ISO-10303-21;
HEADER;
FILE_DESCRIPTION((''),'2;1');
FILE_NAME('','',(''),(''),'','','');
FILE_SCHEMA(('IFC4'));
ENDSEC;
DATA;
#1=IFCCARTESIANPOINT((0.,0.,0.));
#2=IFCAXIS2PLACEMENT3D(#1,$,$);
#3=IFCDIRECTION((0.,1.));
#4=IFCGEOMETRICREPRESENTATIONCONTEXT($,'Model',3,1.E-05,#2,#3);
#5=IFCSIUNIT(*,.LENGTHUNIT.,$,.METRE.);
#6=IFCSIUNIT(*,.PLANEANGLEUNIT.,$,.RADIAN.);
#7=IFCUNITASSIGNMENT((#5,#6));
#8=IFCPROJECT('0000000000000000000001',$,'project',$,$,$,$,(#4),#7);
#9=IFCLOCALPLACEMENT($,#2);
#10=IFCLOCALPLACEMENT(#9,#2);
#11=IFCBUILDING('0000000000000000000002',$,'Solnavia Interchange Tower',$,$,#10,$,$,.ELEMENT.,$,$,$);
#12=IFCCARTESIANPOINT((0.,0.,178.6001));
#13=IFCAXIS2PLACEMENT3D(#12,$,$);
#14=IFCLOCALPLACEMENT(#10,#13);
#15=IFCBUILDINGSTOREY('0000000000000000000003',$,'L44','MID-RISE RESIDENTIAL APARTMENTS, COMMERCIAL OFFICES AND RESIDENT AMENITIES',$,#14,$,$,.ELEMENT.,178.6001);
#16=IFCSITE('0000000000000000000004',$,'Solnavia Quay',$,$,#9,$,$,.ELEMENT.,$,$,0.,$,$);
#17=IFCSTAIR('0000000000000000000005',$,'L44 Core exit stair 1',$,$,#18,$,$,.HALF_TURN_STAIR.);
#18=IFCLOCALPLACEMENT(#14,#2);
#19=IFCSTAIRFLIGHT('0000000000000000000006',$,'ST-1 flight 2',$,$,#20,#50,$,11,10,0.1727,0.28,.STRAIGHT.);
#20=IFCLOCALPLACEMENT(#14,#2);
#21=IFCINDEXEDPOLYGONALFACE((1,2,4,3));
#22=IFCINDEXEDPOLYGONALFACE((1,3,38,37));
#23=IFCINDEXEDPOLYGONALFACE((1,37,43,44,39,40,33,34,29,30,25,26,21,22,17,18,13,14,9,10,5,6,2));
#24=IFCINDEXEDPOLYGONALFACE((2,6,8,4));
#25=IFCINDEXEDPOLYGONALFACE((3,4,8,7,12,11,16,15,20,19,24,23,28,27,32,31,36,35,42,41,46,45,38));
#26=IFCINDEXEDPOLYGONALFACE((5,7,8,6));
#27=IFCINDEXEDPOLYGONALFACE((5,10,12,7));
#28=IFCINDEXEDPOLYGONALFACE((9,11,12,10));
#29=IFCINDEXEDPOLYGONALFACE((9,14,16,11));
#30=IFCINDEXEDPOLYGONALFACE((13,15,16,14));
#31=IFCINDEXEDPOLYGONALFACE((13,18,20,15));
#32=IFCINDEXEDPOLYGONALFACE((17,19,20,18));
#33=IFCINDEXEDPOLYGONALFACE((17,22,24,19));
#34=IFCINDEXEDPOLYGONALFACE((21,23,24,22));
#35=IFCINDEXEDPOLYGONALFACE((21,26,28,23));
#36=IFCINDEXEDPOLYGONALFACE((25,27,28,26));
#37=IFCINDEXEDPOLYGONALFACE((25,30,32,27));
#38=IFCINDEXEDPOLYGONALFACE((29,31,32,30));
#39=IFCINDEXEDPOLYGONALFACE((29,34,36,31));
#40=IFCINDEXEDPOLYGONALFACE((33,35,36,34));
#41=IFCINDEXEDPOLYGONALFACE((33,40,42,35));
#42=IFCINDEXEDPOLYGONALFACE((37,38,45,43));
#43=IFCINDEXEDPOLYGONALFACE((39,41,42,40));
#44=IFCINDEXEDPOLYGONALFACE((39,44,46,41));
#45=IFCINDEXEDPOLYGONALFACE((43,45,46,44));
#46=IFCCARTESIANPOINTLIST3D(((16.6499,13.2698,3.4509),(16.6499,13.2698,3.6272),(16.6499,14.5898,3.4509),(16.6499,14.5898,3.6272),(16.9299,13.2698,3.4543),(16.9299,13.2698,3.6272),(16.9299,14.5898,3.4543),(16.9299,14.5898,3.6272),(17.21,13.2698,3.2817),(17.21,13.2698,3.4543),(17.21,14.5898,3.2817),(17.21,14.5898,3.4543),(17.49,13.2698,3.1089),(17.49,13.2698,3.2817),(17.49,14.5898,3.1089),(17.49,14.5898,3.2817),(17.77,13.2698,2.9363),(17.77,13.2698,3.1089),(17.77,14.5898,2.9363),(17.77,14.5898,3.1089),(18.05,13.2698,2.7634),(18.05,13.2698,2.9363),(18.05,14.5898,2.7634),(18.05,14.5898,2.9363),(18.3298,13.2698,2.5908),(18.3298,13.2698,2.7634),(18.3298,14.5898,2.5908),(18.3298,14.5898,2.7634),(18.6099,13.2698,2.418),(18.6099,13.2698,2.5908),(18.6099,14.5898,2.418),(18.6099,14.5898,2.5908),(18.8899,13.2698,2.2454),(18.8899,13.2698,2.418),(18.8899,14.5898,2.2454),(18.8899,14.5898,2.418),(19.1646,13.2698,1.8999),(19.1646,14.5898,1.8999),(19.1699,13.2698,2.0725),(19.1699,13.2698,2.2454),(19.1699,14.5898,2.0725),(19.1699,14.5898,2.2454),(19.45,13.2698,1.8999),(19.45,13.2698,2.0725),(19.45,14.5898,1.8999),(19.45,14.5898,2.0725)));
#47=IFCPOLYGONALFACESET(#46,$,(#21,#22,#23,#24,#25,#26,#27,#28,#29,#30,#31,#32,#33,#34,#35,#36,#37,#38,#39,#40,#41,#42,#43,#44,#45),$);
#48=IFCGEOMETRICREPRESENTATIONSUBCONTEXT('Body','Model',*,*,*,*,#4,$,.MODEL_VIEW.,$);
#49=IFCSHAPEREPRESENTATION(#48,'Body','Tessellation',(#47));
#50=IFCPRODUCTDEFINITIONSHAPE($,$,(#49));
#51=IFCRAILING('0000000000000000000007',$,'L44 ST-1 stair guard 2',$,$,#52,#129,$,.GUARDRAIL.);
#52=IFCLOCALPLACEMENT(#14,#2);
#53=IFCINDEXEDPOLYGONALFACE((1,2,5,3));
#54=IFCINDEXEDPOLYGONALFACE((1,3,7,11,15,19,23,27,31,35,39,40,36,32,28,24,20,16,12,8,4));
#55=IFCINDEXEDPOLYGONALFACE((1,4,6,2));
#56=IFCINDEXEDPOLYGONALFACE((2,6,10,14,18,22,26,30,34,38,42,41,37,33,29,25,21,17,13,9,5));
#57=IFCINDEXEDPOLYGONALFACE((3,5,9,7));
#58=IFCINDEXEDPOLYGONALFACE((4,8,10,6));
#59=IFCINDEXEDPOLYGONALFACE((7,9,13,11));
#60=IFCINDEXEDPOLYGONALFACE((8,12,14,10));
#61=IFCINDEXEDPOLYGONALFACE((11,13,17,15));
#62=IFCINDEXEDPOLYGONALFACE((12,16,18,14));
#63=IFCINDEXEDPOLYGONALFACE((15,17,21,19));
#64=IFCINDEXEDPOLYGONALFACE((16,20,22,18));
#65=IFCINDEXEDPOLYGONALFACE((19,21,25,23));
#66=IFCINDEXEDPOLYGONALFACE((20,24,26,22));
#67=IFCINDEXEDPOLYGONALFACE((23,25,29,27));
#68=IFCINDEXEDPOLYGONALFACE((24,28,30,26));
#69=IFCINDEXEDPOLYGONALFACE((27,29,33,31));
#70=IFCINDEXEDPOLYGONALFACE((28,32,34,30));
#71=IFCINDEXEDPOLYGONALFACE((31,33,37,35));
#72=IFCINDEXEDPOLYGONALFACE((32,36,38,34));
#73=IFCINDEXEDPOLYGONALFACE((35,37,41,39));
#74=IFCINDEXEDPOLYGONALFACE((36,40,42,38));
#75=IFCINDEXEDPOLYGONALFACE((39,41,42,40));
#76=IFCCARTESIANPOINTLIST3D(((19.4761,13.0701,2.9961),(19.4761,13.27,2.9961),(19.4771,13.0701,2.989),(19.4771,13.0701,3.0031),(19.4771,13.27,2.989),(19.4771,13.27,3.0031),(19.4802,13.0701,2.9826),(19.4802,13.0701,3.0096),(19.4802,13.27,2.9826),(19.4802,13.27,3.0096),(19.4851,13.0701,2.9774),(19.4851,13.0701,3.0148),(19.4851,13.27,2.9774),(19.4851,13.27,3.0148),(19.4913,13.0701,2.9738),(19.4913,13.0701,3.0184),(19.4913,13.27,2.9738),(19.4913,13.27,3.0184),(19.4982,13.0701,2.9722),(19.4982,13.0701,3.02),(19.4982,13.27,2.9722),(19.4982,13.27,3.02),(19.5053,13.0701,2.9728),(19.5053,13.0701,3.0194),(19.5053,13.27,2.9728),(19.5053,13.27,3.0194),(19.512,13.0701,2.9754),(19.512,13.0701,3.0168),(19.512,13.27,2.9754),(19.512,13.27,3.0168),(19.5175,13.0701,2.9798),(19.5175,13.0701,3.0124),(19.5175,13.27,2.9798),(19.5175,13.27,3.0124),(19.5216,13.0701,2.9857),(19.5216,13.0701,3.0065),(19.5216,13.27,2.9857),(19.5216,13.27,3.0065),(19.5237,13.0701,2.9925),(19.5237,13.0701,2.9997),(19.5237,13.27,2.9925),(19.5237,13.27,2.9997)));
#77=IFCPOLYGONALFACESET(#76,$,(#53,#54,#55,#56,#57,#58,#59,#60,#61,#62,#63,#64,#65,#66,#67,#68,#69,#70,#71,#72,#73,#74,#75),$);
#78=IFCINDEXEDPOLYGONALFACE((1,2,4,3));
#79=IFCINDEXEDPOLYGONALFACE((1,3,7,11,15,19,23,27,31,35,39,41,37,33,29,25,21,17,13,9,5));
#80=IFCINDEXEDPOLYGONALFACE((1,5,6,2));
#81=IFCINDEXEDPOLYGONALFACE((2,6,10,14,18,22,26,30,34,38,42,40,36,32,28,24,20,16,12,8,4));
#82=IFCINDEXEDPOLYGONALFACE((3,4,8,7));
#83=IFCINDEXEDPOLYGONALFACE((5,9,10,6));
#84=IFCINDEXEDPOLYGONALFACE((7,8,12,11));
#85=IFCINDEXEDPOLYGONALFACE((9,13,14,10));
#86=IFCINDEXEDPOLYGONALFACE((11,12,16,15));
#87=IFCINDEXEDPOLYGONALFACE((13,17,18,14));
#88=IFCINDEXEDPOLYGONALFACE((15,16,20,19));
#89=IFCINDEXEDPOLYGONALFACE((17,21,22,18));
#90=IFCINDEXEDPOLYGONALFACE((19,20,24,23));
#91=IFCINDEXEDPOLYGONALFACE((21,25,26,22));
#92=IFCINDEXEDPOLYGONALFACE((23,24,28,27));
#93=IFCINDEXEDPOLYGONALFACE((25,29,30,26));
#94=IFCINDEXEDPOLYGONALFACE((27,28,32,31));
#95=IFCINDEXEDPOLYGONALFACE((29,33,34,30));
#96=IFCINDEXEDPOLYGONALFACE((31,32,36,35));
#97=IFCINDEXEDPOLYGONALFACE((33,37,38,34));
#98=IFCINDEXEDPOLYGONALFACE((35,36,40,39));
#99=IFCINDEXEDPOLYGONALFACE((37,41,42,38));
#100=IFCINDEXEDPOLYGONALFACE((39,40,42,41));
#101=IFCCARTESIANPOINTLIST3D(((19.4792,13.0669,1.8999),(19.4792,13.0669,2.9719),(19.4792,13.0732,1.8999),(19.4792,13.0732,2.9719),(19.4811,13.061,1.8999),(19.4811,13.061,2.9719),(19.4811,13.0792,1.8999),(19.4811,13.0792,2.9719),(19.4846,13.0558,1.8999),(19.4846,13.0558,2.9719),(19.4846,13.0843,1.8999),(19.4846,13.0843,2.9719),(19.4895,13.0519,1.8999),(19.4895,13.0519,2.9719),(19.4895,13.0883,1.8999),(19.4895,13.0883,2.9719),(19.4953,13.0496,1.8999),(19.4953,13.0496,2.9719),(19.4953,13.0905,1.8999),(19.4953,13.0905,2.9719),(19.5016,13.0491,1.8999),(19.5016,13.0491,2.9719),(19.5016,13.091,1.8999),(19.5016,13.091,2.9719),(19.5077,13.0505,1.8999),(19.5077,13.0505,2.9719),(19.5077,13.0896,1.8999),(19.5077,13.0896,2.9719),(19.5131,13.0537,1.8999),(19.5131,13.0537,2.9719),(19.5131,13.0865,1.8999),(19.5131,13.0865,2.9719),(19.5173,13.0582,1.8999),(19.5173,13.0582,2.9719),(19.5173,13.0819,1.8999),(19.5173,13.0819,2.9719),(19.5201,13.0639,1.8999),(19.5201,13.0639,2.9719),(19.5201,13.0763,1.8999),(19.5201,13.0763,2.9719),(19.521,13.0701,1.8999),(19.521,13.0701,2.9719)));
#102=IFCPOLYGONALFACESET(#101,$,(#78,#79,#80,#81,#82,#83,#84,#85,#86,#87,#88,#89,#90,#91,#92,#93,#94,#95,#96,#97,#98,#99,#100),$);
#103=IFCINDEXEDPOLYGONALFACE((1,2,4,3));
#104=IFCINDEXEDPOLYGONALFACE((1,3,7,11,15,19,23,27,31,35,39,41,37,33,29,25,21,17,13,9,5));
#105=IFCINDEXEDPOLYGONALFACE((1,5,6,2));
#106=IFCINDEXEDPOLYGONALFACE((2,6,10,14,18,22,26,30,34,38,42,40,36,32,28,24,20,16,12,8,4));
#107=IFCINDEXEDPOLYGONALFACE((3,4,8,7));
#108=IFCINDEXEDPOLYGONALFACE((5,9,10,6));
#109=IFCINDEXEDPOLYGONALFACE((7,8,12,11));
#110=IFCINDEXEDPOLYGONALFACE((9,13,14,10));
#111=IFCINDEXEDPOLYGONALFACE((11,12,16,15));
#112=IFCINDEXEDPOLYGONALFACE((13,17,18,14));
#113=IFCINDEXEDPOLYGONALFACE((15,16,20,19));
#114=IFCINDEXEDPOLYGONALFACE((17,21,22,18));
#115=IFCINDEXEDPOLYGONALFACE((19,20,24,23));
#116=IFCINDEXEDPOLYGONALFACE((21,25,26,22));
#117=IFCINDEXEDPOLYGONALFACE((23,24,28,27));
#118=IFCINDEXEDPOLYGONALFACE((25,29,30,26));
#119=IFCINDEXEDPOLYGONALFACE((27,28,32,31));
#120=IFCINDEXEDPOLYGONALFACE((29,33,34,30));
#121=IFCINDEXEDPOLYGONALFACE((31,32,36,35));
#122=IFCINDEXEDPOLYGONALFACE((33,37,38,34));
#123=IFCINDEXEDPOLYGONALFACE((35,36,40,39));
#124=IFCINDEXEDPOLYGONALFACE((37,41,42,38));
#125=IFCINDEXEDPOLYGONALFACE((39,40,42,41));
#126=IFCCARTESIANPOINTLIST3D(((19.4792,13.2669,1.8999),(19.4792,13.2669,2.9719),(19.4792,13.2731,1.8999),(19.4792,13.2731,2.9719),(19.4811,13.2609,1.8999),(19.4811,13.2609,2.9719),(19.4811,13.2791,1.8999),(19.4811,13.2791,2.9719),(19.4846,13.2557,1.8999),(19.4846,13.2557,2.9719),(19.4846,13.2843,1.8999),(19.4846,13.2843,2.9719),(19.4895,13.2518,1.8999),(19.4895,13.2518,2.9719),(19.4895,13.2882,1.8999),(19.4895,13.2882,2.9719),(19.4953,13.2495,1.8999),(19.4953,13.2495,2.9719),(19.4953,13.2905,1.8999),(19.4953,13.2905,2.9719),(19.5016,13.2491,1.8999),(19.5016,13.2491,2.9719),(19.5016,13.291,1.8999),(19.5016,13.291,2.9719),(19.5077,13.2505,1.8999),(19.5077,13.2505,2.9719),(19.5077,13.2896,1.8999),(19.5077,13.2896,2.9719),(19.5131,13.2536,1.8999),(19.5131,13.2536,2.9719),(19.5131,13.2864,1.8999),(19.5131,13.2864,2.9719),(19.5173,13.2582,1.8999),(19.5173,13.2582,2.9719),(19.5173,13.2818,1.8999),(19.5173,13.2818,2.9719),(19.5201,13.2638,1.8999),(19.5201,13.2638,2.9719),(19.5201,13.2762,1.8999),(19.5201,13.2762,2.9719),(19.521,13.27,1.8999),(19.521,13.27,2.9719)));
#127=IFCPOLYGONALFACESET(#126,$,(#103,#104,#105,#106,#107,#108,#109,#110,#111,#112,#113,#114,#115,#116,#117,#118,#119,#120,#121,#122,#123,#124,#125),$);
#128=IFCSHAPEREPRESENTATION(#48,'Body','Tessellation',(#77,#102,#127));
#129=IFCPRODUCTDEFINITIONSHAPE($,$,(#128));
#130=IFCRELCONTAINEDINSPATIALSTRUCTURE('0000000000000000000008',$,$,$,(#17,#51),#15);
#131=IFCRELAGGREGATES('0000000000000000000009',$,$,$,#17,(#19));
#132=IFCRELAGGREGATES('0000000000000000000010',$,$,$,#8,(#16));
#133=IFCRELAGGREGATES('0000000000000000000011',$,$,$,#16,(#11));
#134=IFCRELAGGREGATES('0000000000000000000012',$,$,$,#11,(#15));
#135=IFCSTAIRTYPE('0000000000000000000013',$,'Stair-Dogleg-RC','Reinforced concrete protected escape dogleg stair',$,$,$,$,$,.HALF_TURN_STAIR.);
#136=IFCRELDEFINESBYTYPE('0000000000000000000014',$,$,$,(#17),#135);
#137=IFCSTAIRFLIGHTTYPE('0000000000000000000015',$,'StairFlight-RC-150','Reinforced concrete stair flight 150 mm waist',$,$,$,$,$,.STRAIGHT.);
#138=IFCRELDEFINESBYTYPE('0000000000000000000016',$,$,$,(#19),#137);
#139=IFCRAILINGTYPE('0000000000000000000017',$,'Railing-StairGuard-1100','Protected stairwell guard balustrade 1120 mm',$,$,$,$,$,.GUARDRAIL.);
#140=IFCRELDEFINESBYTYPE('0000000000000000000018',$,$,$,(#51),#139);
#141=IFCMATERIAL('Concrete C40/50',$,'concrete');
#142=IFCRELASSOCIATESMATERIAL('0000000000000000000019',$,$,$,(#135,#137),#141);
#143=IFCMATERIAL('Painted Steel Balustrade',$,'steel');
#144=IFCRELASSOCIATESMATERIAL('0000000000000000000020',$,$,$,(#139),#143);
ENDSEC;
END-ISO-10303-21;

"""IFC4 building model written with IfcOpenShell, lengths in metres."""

from ifc_helpers import new_model, si_unit, direction, frame, origin, origin_2d, place, context, subcontext, project, spatial, polyline, circle, outline, extrude, material, type_object, element, aggregate, save


model = new_model("IFC4")

# Units and contexts
model_context = context("Model", 3, precision=1e-05, world=origin(), true_north=direction((0.0, 1.0)))
body_context = subcontext(model_context, "Body", "Model", "MODEL_VIEW")
ifc_project = project(units=[si_unit("LENGTHUNIT", "METRE"), si_unit("PLANEANGLEUNIT", "RADIAN")], contexts=[model_context])

# Site, building, storey
site_placement = place(None, origin())
site = spatial("IfcSite", under=ifc_project, at=site_placement, Name="Solnavia Quay", CompositionType="ELEMENT", RefElevation=0.0)
building_placement = place(site_placement, origin())
building = spatial("IfcBuilding", under=site, at=building_placement, Name="Solnavia Interchange Tower", CompositionType="ELEMENT")
storey_placement = place(building_placement, frame((0.0, 0.0, 178.6001)))
storey = spatial("IfcBuildingStorey", under=building, at=storey_placement, Name="L44", Description="MID-RISE RESIDENTIAL APARTMENTS, COMMERCIAL OFFICES AND RESIDENT AMENITIES", CompositionType="ELEMENT", Elevation=178.6001)

# Shared definitions
ifc_material_1 = material(Name="Concrete C40/50", Category="concrete")

# Stair, stair flight
stair_type = type_object("IfcStairType", Name="Stair-Dogleg-RC", Description="Reinforced concrete protected escape dogleg stair", PredefinedType="HALF_TURN_STAIR", material=ifc_material_1)
stair_placement = place(storey_placement, origin())
stair = element("IfcStair", 1, at=stair_placement, inside=storey, type_object=stair_type, Name="L44 Core exit stair 1", PredefinedType="HALF_TURN_STAIR")
stair_flight_type = type_object("IfcStairFlightType", Name="StairFlight-RC-150", Description="Reinforced concrete stair flight 150 mm waist", PredefinedType="STRAIGHT", material=ifc_material_1)
stair_flight_placement = place(storey_placement, frame((19.45, 13.9299, 1.8999), z_axis=(0.0, 0.0, 1.0), x_axis=(-1.0, 0.0, 0.0)))
stair_flight = element("IfcStairFlight", 2, at=stair_flight_placement, type_object=stair_flight_type, Name="ST-1 flight 2", NumberOfRisers=11, NumberOfTreads=10, PredefinedType="STRAIGHT", RiserHeight=0.1727, TreadLength=0.28, context=body_context, shape_type="SweptSolid", body=[
    extrude(outline(polyline([(0.0, 0.0), (0.0, 0.1726), (0.28, 0.1726), (0.28, 0.3455), (0.5601, 0.3455), (0.5601, 0.5181), (0.8401, 0.5181), (0.8401, 0.6909), (1.1201, 0.6909), (1.1201, 0.8635), (1.3999, 0.8635), (1.3999, 1.0364), (1.6799, 1.0364), (1.6799, 1.209), (1.96, 1.209), (1.96, 1.3818), (2.24, 1.3818), (2.24, 1.5544), (2.52, 1.5544), (2.52, 1.7273), (2.8, 1.7273), (2.8, 1.8999), (2.8, 1.551), (0.2854, 0.0), (0.0, 0.0)])), frame((0.0, 0.6602, 0.0), z_axis=(0.0, -1.0, 0.0), x_axis=(1.0, 0.0, 0.0)), (0.0, 0.0, 1.0), 1.3201),
])
aggregate(stair, [stair_flight])

# Railing
ifc_material_2 = material(Name="Painted Steel Balustrade", Category="steel")
railing_type_1 = type_object("IfcRailingType", Name="Railing-StairGuard-1100", Description="Protected stairwell guard balustrade 1120 mm", PredefinedType="GUARDRAIL", material=ifc_material_2)
railing_1_placement = place(storey_placement, frame((19.5, 13.0701, 1.8999)))
element("IfcRailing", 3, at=railing_1_placement, inside=storey, type_object=railing_type_1, Name="L44 ST-1 stair guard 2", PredefinedType="GUARDRAIL", context=body_context, shape_type="SweptSolid", body=[
    extrude(circle(Radius=0.0239, at=origin_2d()), frame((0.0, 0.0, 1.0962), z_axis=(0.0, 1.0, 0.0), x_axis=(-1.0, 0.0, 0.0)), (0.0, 0.0, 1.0), 0.2),
    extrude(circle(Radius=0.021, at=origin_2d()), origin(), (0.0, 0.0, 1.0), 1.072),
    extrude(circle(Radius=0.021, at=origin_2d()), frame((0.0, 0.2, 0.0)), (0.0, 0.0, 1.0), 1.072),
])

save(model, "model.ifc")
